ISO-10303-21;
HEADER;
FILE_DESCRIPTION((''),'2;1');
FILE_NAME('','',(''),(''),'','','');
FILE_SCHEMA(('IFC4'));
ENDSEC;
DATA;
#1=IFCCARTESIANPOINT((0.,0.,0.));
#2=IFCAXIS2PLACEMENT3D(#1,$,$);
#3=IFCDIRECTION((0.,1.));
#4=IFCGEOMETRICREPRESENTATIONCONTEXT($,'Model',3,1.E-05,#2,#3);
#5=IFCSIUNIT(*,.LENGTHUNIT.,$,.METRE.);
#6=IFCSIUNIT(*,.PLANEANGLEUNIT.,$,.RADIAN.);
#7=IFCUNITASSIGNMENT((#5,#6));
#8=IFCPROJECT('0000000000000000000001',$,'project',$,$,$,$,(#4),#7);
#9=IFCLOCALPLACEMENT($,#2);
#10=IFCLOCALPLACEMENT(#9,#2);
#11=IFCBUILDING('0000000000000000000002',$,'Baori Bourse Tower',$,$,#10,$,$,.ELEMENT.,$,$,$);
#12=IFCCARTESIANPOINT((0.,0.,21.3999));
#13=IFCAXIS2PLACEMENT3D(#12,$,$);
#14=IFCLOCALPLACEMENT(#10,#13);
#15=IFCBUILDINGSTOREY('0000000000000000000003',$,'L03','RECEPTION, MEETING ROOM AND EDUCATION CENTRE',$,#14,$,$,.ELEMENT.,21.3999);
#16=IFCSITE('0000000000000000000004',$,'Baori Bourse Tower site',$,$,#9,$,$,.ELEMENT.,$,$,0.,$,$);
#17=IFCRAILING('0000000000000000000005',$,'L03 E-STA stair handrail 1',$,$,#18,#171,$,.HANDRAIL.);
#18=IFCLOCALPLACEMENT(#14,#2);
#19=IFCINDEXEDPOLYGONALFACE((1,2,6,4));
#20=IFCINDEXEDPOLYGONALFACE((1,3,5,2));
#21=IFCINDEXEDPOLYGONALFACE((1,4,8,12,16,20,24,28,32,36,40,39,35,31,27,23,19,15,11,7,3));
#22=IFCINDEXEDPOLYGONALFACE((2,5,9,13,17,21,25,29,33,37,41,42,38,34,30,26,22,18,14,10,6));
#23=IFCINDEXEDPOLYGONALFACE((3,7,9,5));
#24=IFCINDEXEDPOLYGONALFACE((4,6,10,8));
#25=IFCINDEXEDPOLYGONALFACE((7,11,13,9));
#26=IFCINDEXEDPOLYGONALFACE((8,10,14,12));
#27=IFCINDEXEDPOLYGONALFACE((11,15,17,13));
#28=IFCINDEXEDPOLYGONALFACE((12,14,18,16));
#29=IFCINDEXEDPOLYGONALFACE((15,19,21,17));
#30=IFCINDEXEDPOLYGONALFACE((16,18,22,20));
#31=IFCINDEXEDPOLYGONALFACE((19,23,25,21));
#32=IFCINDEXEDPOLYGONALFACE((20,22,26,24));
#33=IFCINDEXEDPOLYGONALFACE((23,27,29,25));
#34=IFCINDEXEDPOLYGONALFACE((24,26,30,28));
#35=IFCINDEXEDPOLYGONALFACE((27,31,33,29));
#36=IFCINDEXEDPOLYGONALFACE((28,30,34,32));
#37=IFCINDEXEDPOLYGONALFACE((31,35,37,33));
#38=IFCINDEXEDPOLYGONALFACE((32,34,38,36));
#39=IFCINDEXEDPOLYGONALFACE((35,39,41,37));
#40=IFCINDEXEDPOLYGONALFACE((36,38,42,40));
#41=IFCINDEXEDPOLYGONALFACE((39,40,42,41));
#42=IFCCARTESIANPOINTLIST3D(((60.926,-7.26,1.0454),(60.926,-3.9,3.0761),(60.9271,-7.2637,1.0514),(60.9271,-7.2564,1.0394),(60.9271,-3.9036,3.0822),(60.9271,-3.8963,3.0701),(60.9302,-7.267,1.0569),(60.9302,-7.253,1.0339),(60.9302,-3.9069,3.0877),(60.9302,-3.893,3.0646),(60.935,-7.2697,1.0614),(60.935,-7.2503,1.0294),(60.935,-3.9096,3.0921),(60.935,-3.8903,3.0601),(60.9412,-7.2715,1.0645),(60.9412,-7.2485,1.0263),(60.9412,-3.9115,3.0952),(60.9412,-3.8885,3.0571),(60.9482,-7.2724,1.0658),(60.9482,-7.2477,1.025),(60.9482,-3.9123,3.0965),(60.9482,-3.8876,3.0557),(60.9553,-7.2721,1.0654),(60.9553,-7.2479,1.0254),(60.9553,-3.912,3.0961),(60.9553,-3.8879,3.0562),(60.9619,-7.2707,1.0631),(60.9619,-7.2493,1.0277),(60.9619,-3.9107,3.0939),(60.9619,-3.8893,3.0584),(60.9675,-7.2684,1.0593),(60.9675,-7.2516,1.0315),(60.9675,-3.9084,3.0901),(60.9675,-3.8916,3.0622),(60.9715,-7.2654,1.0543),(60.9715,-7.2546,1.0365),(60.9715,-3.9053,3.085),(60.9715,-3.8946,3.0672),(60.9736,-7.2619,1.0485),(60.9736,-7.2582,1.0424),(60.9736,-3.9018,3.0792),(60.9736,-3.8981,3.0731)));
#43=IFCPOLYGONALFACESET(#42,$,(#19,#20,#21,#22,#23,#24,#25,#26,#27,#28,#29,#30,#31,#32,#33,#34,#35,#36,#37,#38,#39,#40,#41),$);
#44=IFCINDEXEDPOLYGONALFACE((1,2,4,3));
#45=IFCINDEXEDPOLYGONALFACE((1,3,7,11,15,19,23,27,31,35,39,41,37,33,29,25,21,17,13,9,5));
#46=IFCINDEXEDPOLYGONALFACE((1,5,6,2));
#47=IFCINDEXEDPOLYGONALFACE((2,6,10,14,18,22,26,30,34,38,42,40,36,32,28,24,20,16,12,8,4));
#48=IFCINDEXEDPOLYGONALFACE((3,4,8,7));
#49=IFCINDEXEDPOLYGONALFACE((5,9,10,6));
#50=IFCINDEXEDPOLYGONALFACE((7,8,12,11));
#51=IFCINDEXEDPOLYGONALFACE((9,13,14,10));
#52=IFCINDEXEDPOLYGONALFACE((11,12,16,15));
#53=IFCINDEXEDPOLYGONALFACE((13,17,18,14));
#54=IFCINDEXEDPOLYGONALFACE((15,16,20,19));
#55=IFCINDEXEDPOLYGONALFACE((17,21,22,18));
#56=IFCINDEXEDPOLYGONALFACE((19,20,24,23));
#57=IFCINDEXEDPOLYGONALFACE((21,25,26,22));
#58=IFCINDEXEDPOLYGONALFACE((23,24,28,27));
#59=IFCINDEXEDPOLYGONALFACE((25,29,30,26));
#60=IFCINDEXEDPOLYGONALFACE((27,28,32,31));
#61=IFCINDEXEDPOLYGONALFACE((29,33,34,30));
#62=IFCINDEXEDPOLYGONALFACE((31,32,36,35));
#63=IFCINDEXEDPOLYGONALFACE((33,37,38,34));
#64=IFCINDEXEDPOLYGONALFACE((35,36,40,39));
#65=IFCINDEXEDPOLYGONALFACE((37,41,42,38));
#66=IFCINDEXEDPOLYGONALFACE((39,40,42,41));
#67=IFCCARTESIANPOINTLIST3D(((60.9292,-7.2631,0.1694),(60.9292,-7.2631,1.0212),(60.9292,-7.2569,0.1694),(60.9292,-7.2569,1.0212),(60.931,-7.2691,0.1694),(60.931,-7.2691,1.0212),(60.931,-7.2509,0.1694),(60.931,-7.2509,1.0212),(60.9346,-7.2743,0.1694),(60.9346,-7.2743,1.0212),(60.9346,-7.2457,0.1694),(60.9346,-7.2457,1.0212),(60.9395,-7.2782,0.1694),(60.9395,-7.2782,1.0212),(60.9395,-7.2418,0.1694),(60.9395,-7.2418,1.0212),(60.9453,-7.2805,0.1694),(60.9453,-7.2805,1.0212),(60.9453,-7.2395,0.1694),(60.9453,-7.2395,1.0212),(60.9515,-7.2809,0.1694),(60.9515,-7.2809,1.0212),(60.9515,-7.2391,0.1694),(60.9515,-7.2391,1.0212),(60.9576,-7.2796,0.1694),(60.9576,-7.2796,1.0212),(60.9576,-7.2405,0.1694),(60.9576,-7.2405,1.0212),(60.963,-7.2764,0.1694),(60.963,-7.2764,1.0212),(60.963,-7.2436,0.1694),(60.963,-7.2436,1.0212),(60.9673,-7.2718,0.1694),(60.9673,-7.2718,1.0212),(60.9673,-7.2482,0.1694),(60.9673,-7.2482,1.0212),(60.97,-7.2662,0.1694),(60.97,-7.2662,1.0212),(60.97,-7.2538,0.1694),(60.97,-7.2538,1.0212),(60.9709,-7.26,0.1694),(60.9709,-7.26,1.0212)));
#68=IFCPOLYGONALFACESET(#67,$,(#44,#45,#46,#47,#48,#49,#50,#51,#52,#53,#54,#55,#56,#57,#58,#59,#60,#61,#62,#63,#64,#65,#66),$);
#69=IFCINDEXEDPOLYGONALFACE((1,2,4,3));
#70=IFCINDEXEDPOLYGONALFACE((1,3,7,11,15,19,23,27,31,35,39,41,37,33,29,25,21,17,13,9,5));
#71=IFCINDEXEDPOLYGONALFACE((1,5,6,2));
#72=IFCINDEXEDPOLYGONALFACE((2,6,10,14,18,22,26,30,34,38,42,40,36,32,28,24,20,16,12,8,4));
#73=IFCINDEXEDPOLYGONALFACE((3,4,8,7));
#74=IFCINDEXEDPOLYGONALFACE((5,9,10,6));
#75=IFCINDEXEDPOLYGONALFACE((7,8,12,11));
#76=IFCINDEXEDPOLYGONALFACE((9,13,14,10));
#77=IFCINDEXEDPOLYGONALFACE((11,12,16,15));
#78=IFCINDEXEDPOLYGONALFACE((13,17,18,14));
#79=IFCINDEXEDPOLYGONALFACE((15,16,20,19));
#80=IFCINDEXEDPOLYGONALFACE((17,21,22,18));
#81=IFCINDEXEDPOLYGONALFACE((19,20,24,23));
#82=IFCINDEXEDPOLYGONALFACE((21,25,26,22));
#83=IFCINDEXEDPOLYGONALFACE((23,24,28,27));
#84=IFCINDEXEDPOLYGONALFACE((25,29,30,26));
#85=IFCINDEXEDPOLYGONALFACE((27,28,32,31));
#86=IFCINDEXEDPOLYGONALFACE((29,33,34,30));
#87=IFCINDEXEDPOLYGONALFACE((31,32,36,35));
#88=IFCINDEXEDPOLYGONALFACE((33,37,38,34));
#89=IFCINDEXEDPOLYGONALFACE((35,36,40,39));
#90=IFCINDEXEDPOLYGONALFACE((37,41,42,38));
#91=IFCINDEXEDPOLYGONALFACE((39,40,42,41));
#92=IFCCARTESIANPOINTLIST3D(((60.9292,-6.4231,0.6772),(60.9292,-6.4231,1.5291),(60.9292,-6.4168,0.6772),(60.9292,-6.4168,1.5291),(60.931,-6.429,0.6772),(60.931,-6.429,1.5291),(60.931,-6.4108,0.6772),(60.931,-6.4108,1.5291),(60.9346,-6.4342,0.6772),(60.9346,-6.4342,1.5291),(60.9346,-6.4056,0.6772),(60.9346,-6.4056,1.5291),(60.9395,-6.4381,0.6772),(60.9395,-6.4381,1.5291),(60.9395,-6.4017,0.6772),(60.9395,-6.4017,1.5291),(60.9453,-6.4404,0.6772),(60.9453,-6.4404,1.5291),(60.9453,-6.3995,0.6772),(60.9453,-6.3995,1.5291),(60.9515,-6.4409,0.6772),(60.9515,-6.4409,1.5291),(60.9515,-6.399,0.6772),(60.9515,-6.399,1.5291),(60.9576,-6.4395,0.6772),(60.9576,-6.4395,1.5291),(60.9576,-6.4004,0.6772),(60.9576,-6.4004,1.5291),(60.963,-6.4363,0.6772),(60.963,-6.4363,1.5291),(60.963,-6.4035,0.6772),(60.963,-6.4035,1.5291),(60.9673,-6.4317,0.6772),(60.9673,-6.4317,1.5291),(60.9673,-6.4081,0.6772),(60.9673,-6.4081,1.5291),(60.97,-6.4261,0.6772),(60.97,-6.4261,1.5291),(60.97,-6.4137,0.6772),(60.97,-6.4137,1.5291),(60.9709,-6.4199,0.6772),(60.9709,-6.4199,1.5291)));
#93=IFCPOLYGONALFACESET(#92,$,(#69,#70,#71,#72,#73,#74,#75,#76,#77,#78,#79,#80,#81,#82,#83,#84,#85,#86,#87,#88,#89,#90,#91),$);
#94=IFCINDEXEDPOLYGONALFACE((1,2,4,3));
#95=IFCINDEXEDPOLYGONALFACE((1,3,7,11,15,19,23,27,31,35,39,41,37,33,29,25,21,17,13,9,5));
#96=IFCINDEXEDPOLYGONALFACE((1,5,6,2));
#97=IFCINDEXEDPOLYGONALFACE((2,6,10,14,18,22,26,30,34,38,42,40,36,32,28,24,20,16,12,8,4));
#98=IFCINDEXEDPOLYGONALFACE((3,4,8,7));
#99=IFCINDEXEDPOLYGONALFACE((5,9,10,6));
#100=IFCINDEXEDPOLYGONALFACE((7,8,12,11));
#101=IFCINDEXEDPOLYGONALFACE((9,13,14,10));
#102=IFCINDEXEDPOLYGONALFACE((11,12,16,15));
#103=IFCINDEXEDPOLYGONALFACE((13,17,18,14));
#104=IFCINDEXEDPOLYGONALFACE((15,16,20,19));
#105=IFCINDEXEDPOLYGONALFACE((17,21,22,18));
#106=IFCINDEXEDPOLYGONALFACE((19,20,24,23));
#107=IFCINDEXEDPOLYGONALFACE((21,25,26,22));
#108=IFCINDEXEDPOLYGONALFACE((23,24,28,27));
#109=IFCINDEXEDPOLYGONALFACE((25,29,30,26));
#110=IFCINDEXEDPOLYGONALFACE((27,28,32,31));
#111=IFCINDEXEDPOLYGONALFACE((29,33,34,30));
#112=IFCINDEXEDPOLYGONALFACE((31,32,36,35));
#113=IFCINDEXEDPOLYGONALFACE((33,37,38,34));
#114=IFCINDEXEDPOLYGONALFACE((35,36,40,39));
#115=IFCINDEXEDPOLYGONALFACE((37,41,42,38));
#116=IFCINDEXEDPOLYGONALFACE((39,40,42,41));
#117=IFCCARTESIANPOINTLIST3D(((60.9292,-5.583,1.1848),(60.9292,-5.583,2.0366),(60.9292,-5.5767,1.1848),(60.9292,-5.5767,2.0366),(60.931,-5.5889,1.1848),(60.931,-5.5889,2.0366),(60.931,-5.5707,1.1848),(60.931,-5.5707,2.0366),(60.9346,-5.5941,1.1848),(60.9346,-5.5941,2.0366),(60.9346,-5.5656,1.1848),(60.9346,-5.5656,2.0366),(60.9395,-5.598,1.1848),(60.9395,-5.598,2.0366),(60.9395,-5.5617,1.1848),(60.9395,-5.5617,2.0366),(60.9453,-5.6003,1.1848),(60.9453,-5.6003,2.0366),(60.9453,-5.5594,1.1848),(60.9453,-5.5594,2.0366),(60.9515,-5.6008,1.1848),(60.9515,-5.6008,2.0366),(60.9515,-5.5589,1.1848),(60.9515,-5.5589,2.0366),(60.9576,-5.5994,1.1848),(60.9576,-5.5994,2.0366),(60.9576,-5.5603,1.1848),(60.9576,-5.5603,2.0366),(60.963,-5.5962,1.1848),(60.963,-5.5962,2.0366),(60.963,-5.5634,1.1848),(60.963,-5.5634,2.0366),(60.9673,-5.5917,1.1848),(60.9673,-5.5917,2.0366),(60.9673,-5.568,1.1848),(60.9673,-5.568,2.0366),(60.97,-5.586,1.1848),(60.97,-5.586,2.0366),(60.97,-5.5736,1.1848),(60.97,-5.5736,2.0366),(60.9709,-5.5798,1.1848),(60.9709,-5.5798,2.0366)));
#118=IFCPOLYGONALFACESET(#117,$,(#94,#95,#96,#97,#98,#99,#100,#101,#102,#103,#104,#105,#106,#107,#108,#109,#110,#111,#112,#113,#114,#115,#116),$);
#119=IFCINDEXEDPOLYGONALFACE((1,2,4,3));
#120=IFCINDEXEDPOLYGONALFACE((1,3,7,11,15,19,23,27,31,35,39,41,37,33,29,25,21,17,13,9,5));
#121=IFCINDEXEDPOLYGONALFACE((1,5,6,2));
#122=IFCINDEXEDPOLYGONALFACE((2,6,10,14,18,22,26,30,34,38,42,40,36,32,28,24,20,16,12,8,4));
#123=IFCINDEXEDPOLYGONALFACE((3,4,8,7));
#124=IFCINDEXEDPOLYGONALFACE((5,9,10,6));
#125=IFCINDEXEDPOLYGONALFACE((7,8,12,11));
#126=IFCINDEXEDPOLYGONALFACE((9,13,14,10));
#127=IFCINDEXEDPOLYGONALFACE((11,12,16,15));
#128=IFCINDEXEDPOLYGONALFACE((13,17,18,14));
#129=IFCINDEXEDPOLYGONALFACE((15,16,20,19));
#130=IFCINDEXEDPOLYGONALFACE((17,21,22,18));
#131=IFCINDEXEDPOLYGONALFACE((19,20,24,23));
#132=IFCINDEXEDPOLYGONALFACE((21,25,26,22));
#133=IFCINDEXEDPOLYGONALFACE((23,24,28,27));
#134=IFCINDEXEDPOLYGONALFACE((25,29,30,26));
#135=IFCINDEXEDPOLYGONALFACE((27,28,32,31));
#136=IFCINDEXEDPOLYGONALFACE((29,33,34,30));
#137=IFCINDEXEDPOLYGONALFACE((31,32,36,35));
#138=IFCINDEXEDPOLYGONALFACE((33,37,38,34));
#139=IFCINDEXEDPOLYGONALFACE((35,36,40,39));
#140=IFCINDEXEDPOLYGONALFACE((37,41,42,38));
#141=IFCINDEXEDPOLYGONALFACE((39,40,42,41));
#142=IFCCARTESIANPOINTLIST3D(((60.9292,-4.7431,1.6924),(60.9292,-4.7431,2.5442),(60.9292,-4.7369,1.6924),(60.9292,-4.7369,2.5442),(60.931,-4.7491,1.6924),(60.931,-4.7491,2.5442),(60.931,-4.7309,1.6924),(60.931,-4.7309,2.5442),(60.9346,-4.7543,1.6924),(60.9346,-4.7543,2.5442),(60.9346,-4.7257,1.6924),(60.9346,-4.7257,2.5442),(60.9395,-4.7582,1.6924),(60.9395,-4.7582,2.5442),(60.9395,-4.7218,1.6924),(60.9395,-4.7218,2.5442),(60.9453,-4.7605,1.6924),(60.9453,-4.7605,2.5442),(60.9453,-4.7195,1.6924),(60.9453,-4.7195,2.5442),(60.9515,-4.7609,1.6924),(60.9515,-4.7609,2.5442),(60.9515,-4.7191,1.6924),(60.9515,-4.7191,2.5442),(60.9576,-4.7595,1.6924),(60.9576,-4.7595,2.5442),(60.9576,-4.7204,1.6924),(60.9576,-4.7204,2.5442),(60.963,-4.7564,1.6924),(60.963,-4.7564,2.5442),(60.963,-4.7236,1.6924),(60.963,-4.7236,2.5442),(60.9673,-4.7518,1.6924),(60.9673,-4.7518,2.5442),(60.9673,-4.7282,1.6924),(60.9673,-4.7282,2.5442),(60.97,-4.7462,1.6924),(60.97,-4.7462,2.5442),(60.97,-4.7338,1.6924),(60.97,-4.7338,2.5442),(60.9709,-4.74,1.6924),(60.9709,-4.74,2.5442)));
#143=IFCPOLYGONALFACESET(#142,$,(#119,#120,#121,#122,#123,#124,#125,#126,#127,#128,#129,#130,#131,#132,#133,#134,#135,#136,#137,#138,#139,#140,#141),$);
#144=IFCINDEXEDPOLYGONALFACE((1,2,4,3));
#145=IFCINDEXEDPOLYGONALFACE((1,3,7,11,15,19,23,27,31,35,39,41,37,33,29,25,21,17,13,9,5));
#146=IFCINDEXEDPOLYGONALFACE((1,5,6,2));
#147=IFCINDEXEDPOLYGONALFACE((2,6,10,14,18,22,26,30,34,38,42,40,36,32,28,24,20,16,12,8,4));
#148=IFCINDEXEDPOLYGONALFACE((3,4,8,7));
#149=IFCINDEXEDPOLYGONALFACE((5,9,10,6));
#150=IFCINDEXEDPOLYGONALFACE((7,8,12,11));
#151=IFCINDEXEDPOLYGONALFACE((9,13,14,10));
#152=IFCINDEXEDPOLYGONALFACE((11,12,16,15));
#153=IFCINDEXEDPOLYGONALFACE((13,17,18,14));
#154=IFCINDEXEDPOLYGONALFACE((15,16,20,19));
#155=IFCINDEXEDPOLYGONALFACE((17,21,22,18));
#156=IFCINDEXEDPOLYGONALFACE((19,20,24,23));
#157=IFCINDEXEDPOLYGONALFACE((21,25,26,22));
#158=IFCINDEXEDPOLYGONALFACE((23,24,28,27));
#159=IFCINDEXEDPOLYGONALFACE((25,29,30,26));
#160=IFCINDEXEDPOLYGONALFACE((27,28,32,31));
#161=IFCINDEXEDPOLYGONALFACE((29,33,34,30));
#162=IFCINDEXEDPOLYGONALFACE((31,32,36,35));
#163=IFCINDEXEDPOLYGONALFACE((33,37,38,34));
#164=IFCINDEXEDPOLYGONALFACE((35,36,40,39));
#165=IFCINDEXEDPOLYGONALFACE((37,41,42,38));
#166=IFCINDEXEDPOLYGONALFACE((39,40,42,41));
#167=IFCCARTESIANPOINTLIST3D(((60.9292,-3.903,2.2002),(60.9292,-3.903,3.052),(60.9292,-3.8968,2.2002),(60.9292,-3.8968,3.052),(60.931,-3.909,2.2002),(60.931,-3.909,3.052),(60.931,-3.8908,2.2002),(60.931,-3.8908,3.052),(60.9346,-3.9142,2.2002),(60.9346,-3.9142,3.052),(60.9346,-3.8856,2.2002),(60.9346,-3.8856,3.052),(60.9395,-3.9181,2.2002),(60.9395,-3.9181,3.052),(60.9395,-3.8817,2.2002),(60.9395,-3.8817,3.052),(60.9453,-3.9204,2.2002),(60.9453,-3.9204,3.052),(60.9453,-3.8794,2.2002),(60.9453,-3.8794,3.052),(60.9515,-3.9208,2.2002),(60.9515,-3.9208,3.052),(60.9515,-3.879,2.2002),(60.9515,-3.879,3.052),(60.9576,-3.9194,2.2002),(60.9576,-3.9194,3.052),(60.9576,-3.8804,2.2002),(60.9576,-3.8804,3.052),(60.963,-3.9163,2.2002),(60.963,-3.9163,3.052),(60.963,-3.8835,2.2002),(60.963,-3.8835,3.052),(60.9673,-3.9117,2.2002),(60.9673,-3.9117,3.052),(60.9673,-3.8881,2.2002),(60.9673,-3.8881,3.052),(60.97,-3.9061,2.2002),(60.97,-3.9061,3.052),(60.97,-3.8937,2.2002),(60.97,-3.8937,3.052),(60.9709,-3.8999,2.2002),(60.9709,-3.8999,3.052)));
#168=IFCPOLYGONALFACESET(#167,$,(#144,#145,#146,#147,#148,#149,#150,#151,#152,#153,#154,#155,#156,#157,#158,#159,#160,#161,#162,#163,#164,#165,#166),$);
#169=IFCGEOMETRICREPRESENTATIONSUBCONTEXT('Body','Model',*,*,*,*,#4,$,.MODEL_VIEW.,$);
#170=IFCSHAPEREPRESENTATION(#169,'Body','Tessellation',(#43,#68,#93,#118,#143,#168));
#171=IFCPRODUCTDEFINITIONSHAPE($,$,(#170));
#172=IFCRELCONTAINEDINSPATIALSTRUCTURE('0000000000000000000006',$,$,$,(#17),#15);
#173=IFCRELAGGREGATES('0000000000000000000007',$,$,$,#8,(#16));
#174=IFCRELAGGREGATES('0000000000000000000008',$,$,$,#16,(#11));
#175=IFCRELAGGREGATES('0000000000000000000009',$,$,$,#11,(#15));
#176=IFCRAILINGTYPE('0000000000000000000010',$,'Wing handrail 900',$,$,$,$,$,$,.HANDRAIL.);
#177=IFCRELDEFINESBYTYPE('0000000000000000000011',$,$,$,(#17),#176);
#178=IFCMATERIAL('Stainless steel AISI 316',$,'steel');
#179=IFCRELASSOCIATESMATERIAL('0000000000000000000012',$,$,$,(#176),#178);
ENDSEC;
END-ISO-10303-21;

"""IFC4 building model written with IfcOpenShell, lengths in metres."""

from ifc_helpers import new_model, si_unit, direction, frame, origin, origin_2d, place, context, subcontext, project, spatial, circle, extrude, material, type_object, element, save


model = new_model("IFC4")

# Units and contexts
model_context = context("Model", 3, precision=1e-05, world=origin(), true_north=direction((0.0, 1.0)))
body_context = subcontext(model_context, "Body", "Model", "MODEL_VIEW")
ifc_project = project(units=[si_unit("LENGTHUNIT", "METRE"), si_unit("PLANEANGLEUNIT", "RADIAN")], contexts=[model_context])

# Site, building, storey
site_placement = place(None, origin())
site = spatial("IfcSite", under=ifc_project, at=site_placement, Name="Baori Bourse Tower site", CompositionType="ELEMENT", RefElevation=0.0)
building_placement = place(site_placement, origin())
building = spatial("IfcBuilding", under=site, at=building_placement, Name="Baori Bourse Tower", CompositionType="ELEMENT")
storey_placement = place(building_placement, frame((0.0, 0.0, 21.3999)))
storey = spatial("IfcBuildingStorey", under=building, at=storey_placement, Name="L03", Description="RECEPTION, MEETING ROOM AND EDUCATION CENTRE", CompositionType="ELEMENT", Elevation=21.3999)

# Railing
ifc_material_1 = material(Name="Stainless steel AISI 316", Category="steel")
railing_type_1 = type_object("IfcRailingType", Name="Wing handrail 900", PredefinedType="HANDRAIL", material=ifc_material_1)
railing_1_placement = place(storey_placement, frame((60.95, -7.26, 0.1694)))
element("IfcRailing", 1, at=railing_1_placement, inside=storey, type_object=railing_type_1, Name="L03 E-STA stair handrail 1", PredefinedType="HANDRAIL", context=body_context, shape_type="SweptSolid", body=[
    extrude(circle(Radius=0.0239, at=origin_2d()), frame((0.0, 0.0, 0.876), z_axis=(0.0, 0.855837, 0.517246), x_axis=(-1.0, 0.0, 0.0)), (0.0, 0.0, 1.0), 3.926),
    extrude(circle(Radius=0.021, at=origin_2d()), origin(), (0.0, 0.0, 1.0), 0.8518),
    extrude(circle(Radius=0.021, at=origin_2d()), frame((0.0, 0.8401, 0.5078)), (0.0, 0.0, 1.0), 0.8518),
    extrude(circle(Radius=0.021, at=origin_2d()), frame((0.0, 1.6802, 1.0154)), (0.0, 0.0, 1.0), 0.8518),
    extrude(circle(Radius=0.021, at=origin_2d()), frame((0.0, 2.52, 1.5229)), (0.0, 0.0, 1.0), 0.8518),
    extrude(circle(Radius=0.021, at=origin_2d()), frame((0.0, 3.3601, 2.0308)), (0.0, 0.0, 1.0), 0.8518),
])

save(model, "model.ifc")
